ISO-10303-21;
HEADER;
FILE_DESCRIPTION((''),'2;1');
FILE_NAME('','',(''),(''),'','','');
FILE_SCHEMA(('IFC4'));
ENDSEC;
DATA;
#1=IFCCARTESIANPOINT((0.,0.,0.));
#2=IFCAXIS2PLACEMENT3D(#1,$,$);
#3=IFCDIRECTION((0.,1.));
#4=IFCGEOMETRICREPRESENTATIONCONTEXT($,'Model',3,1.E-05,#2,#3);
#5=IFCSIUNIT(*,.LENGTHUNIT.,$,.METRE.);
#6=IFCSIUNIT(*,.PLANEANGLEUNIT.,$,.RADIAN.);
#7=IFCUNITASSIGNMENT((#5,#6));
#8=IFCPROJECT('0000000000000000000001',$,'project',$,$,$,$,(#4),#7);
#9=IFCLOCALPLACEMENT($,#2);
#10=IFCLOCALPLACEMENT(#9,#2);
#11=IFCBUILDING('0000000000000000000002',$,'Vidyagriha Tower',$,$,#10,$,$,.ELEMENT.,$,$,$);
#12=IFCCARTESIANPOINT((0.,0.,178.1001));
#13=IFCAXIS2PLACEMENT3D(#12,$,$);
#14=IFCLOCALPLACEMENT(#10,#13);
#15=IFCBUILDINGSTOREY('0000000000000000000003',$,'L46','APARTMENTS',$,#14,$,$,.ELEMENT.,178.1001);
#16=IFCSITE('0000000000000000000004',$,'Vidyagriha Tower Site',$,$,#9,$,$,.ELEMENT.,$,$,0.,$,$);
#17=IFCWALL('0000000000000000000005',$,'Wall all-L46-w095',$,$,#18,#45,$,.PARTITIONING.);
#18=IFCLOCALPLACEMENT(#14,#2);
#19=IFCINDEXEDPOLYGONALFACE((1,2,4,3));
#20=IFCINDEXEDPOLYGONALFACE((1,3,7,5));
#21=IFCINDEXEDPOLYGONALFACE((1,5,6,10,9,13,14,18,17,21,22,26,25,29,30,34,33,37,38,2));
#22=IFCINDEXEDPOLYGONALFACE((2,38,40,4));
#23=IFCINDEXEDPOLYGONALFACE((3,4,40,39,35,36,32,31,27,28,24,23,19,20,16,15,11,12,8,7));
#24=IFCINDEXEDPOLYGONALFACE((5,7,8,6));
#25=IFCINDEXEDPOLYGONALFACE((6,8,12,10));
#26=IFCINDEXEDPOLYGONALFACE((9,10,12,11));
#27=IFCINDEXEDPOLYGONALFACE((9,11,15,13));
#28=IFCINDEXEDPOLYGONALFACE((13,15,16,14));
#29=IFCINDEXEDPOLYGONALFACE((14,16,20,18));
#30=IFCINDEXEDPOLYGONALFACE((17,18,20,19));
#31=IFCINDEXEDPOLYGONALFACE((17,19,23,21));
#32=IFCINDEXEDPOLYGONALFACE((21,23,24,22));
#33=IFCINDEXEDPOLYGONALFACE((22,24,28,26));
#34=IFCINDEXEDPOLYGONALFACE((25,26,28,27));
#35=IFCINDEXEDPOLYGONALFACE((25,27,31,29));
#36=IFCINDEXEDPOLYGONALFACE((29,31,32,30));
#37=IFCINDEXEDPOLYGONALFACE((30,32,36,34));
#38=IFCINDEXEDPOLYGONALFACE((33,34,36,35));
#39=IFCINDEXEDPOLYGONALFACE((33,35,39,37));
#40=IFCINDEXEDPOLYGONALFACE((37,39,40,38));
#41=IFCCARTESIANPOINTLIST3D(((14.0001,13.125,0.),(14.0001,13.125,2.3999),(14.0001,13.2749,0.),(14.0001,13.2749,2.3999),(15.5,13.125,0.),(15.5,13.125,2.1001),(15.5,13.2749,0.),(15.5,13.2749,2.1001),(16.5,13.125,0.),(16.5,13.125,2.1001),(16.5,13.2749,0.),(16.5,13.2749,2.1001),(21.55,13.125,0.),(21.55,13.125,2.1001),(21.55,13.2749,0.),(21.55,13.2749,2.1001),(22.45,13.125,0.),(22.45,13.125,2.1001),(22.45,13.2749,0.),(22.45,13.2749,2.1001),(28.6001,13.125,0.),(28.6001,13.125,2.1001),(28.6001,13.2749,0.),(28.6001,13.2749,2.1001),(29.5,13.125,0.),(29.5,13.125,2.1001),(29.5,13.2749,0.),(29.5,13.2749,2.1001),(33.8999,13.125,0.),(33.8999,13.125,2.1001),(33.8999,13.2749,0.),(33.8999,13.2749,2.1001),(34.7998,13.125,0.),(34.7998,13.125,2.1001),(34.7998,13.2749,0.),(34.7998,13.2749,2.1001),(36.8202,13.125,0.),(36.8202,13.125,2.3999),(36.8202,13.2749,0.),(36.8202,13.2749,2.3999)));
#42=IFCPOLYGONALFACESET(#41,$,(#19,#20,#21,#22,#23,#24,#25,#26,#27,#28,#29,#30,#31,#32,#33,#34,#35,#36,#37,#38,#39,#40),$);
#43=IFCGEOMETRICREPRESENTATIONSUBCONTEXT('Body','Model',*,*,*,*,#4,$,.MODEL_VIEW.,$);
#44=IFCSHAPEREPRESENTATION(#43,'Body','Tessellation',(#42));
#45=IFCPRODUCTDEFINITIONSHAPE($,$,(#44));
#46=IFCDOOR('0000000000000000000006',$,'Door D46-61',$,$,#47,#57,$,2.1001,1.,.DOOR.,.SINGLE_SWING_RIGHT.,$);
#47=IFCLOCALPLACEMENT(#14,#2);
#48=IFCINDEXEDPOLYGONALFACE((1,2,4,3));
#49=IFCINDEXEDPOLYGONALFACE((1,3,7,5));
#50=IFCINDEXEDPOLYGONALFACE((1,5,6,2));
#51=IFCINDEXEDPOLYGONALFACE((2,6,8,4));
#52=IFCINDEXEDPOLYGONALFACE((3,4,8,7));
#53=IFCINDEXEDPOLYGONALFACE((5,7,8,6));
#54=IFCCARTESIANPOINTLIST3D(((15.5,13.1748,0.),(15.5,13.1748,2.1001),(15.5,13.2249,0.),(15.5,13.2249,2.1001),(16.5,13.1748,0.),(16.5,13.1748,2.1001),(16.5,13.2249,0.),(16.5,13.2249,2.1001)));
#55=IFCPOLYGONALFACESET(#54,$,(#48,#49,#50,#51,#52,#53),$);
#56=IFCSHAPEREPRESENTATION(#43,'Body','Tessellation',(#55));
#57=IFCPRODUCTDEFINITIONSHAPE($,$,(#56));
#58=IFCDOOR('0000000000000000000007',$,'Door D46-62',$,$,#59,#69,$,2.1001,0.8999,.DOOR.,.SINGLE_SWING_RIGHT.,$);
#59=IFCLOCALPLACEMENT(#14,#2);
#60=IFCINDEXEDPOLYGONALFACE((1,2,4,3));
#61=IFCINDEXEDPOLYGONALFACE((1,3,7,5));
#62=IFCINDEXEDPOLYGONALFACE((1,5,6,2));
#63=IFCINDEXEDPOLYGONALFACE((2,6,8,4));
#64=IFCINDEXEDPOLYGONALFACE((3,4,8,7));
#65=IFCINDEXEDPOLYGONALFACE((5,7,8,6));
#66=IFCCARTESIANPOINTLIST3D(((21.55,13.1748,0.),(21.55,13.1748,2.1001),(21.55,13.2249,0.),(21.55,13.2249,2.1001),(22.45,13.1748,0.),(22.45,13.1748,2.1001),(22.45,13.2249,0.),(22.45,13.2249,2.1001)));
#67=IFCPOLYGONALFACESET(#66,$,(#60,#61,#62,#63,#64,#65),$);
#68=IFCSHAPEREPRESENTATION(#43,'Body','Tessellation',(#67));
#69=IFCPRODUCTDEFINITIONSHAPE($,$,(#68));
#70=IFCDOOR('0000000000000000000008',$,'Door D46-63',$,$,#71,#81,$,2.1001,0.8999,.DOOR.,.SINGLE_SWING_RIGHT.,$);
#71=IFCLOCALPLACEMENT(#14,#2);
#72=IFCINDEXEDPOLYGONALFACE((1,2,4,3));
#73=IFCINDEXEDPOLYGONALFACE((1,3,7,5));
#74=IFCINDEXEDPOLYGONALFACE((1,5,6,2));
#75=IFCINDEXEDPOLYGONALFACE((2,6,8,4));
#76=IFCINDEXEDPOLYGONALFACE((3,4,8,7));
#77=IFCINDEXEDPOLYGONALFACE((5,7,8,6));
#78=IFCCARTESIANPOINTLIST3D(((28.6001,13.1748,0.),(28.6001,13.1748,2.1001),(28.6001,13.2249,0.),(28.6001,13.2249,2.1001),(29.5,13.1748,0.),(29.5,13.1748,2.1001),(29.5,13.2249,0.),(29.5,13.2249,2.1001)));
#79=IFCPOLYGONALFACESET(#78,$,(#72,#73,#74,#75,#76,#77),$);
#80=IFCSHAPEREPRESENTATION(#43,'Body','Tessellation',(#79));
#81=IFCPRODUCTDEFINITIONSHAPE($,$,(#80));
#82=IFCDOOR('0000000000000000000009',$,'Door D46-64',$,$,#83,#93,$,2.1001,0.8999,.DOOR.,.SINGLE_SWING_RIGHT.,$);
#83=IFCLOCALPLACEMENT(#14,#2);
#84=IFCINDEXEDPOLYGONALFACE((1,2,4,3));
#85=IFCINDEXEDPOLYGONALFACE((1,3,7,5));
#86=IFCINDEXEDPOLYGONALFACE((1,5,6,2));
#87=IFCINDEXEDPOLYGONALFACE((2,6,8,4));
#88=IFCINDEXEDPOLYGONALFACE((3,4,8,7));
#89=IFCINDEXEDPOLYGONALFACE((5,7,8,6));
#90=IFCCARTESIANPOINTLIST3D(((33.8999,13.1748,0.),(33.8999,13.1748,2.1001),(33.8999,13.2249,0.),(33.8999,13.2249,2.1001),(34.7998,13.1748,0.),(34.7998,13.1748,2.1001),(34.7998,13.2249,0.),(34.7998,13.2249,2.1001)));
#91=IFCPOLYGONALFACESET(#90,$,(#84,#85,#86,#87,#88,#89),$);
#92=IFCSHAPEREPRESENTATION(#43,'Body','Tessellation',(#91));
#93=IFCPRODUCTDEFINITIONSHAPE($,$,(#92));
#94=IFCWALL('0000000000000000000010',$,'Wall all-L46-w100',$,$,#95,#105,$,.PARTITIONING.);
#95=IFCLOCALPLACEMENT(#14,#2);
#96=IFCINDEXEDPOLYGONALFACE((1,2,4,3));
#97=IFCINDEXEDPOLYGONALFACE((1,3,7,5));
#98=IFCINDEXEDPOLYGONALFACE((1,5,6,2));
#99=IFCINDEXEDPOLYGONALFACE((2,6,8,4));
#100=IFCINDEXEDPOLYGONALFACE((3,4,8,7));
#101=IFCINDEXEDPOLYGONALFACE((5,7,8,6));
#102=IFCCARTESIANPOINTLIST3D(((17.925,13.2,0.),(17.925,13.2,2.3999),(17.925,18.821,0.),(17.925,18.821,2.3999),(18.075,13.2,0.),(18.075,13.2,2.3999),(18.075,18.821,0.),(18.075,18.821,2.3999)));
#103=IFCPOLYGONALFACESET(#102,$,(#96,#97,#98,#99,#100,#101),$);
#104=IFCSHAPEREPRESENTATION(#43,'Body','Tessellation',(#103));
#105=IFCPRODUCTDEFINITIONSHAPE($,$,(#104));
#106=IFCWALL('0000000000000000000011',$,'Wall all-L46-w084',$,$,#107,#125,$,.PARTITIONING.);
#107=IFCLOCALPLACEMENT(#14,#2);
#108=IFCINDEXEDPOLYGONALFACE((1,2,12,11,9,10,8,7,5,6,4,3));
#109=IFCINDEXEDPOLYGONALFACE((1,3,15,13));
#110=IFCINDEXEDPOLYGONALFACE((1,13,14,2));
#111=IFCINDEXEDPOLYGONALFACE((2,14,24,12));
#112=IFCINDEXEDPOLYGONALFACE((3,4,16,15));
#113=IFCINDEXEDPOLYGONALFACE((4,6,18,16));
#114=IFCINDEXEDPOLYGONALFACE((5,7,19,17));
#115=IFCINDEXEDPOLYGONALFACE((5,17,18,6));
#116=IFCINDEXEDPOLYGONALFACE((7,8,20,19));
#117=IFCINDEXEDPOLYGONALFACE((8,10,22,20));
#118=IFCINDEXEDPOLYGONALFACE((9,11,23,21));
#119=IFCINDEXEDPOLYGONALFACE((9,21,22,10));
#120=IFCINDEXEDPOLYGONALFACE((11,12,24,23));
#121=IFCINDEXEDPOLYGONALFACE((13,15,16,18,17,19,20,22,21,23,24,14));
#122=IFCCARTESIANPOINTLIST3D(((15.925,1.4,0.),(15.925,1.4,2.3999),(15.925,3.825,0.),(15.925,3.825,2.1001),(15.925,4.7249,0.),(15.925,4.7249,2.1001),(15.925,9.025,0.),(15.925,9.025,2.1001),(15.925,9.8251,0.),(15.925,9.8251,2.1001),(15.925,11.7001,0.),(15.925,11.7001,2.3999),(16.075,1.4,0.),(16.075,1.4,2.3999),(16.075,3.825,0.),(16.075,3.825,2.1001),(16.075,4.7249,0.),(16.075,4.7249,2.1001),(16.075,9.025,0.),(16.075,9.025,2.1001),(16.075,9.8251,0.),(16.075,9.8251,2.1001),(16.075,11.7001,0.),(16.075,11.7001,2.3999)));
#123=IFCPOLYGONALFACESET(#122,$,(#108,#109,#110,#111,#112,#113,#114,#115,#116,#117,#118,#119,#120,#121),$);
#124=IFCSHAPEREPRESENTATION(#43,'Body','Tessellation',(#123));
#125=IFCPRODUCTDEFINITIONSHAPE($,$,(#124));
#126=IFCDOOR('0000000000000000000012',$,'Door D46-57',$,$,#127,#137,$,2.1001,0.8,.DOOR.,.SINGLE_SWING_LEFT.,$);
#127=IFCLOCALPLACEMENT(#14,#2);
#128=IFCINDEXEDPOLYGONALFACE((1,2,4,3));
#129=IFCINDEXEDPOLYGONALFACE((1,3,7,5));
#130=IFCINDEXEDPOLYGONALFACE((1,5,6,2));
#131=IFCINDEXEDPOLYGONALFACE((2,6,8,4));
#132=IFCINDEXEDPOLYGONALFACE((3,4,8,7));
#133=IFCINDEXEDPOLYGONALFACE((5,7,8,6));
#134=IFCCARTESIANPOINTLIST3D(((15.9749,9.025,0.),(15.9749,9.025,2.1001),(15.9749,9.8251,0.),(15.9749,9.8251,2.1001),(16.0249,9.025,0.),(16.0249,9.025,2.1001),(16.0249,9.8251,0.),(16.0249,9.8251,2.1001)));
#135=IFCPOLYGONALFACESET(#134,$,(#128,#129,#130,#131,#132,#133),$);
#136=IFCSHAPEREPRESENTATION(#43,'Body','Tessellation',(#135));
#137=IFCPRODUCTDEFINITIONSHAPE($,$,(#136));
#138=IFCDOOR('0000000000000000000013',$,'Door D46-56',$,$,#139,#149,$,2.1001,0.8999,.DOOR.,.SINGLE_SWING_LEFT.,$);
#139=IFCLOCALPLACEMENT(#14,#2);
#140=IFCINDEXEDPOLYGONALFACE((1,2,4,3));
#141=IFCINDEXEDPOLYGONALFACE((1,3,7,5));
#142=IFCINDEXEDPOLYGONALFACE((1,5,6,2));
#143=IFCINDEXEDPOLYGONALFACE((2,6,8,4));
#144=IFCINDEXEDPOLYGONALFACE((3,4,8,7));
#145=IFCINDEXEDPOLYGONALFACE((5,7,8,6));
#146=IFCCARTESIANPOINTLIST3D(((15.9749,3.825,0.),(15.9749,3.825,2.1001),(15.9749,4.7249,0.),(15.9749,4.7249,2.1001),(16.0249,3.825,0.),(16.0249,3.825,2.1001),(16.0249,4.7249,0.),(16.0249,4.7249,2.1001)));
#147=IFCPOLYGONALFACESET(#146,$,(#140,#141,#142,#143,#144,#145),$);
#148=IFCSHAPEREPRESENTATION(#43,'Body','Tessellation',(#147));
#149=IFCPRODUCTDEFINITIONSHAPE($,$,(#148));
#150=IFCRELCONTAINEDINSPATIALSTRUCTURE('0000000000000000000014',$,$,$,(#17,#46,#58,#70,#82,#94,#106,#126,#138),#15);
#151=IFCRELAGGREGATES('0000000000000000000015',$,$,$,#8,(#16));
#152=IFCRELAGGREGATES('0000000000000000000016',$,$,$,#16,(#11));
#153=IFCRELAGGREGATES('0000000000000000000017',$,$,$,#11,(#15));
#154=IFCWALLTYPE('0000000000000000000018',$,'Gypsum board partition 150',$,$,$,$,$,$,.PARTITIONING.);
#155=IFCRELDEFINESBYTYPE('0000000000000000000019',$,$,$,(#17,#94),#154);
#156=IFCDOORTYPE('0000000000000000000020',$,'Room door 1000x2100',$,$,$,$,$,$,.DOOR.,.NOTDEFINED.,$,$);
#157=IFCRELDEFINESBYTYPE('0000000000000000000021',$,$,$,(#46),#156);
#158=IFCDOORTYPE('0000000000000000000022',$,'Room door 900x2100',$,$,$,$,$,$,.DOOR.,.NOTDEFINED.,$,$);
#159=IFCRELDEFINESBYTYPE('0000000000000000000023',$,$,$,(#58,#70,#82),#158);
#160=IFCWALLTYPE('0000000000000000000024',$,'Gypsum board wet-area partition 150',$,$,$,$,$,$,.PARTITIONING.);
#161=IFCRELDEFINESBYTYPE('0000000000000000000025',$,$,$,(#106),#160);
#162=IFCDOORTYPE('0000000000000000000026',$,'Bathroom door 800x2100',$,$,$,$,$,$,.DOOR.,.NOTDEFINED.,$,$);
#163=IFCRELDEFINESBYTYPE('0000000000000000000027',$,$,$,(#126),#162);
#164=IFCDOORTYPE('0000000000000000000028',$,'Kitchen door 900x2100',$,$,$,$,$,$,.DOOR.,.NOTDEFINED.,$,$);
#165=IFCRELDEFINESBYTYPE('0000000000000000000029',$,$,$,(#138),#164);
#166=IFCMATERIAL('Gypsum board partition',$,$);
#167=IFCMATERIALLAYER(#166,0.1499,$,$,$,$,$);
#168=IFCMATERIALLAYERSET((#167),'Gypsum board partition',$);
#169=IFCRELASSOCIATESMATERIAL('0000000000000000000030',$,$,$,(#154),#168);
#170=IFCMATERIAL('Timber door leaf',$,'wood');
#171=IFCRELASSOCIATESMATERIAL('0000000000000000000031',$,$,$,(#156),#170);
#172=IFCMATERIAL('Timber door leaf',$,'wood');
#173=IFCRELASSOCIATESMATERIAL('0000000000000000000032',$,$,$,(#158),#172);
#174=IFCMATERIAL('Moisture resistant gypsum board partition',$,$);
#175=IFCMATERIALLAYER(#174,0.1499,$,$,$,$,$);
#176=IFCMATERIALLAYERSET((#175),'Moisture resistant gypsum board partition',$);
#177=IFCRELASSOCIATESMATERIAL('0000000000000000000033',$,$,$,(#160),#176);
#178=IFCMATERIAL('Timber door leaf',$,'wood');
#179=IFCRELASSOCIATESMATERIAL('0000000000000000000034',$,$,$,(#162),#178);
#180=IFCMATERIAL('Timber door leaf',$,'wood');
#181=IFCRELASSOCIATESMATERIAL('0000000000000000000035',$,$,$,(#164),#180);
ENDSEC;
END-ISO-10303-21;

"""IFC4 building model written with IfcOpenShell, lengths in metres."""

from ifc_helpers import new_model, si_unit, direction, frame, frame_2d, origin, place, context, subcontext, project, spatial, rectangle, extrude, material, layer, layer_set, type_object, element, fill, save


model = new_model("IFC4")

# Units and contexts
model_context = context("Model", 3, precision=1e-05, world=origin(), true_north=direction((0.0, 1.0)))
body_context = subcontext(model_context, "Body", "Model", "MODEL_VIEW")
ifc_project = project(units=[si_unit("LENGTHUNIT", "METRE"), si_unit("PLANEANGLEUNIT", "RADIAN")], contexts=[model_context])

# Site, building, storey
site_placement = place(None, origin())
site = spatial("IfcSite", under=ifc_project, at=site_placement, Name="Vidyagriha Tower Site", CompositionType="ELEMENT", RefElevation=0.0)
building_placement = place(site_placement, origin())
building = spatial("IfcBuilding", under=site, at=building_placement, Name="Vidyagriha Tower", CompositionType="ELEMENT")
storey_placement = place(building_placement, frame((0.0, 0.0, 178.1001)))
storey = spatial("IfcBuildingStorey", under=building, at=storey_placement, Name="L46", Description="APARTMENTS", CompositionType="ELEMENT", Elevation=178.1001)

# Shared definitions
ifc_material_1 = material(Name="Gypsum board partition")
ifc_layer_1 = layer(ifc_material_1, 0.1499)
ifc_layer_set_1 = layer_set([ifc_layer_1], Name="Gypsum board partition")
wall_type_1 = type_object("IfcWallType", Name="Gypsum board partition 150", PredefinedType="PARTITIONING", material=ifc_layer_set_1)

# Wall, openings, doors
wall_1_placement = place(storey_placement, frame((14.0, 13.2, 0.0)))
wall_1 = element("IfcWall", 1, at=wall_1_placement, inside=storey, type_object=wall_type_1, Name="Wall all-L46-w095", PredefinedType="PARTITIONING", context=body_context, shape_type="SweptSolid", body=[
    extrude(rectangle(XDim=22.8201, YDim=0.1499, at=frame_2d((11.4102, 0.0))), origin(), (0.0, 0.0, 1.0), 2.3999),
])
opening_1_placement = place(wall_1_placement, frame((1.5, 0.0, 0.0)))
opening_1 = element("IfcOpeningElement", 2, at=opening_1_placement, cuts=wall_1, PredefinedType="OPENING", context=body_context, shape_type="SweptSolid", body=[
    extrude(rectangle(XDim=1.0, YDim=2.1001, at=frame_2d((0.5, 1.05))), frame((0.0, 0.085, 0.0), z_axis=(0.0, -1.0, 0.0), x_axis=(1.0, 0.0, 0.0)), (0.0, 0.0, 1.0), 0.1699),
])
opening_2_placement = place(wall_1_placement, frame((7.55, 0.0, 0.0)))
opening_2 = element("IfcOpeningElement", 3, at=opening_2_placement, cuts=wall_1, PredefinedType="OPENING", context=body_context, shape_type="SweptSolid", body=[
    extrude(rectangle(XDim=0.8999, YDim=2.1001, at=frame_2d((0.45, 1.05))), frame((0.0, 0.085, 0.0), z_axis=(0.0, -1.0, 0.0), x_axis=(1.0, 0.0, 0.0)), (0.0, 0.0, 1.0), 0.1699),
])
opening_3_placement = place(wall_1_placement, frame((14.6001, 0.0, 0.0)))
opening_3 = element("IfcOpeningElement", 4, at=opening_3_placement, cuts=wall_1, PredefinedType="OPENING", context=body_context, shape_type="SweptSolid", body=[
    extrude(rectangle(XDim=0.8999, YDim=2.1001, at=frame_2d((0.45, 1.05))), frame((0.0, 0.085, 0.0), z_axis=(0.0, -1.0, 0.0), x_axis=(1.0, 0.0, 0.0)), (0.0, 0.0, 1.0), 0.1699),
])
opening_4_placement = place(wall_1_placement, frame((19.8999, 0.0, 0.0)))
opening_4 = element("IfcOpeningElement", 5, at=opening_4_placement, cuts=wall_1, PredefinedType="OPENING", context=body_context, shape_type="SweptSolid", body=[
    extrude(rectangle(XDim=0.8999, YDim=2.1001, at=frame_2d((0.45, 1.05))), frame((0.0, 0.085, 0.0), z_axis=(0.0, -1.0, 0.0), x_axis=(1.0, 0.0, 0.0)), (0.0, 0.0, 1.0), 0.1699),
])
ifc_material_2 = material(Name="Timber door leaf", Category="wood")
door_type_1 = type_object("IfcDoorType", Name="Room door 1000x2100", OperationType="NOTDEFINED", PredefinedType="DOOR", material=ifc_material_2)
door_1_placement = place(opening_1_placement, origin())
door_1 = element("IfcDoor", 6, at=door_1_placement, inside=storey, type_object=door_type_1, Name="Door D46-61", OperationType="SINGLE_SWING_RIGHT", OverallHeight=2.1001, OverallWidth=1.0, PredefinedType="DOOR", context=body_context, shape_type="SweptSolid", body=[
    extrude(rectangle(XDim=1.0, YDim=2.1001, at=frame_2d((0.5, 1.05))), frame((0.0, 0.0249, 0.0), z_axis=(0.0, -1.0, 0.0), x_axis=(1.0, 0.0, 0.0)), (0.0, 0.0, 1.0), 0.05),
])
fill(opening_1, door_1)
ifc_material_3 = material(Name="Timber door leaf", Category="wood")
door_type_2 = type_object("IfcDoorType", Name="Room door 900x2100", OperationType="NOTDEFINED", PredefinedType="DOOR", material=ifc_material_3)
door_2_placement = place(opening_2_placement, origin())
door_2 = element("IfcDoor", 7, at=door_2_placement, inside=storey, type_object=door_type_2, Name="Door D46-62", OperationType="SINGLE_SWING_RIGHT", OverallHeight=2.1001, OverallWidth=0.8999, PredefinedType="DOOR", context=body_context, shape_type="SweptSolid", body=[
    extrude(rectangle(XDim=0.8999, YDim=2.1001, at=frame_2d((0.45, 1.05))), frame((0.0, 0.0249, 0.0), z_axis=(0.0, -1.0, 0.0), x_axis=(1.0, 0.0, 0.0)), (0.0, 0.0, 1.0), 0.05),
])
fill(opening_2, door_2)
door_3_placement = place(opening_3_placement, origin())
door_3 = element("IfcDoor", 8, at=door_3_placement, inside=storey, type_object=door_type_2, Name="Door D46-63", OperationType="SINGLE_SWING_RIGHT", OverallHeight=2.1001, OverallWidth=0.8999, PredefinedType="DOOR", context=body_context, shape_type="SweptSolid", body=[
    extrude(rectangle(XDim=0.8999, YDim=2.1001, at=frame_2d((0.45, 1.05))), frame((0.0, 0.0249, 0.0), z_axis=(0.0, -1.0, 0.0), x_axis=(1.0, 0.0, 0.0)), (0.0, 0.0, 1.0), 0.05),
])
fill(opening_3, door_3)
door_4_placement = place(opening_4_placement, origin())
door_4 = element("IfcDoor", 9, at=door_4_placement, inside=storey, type_object=door_type_2, Name="Door D46-64", OperationType="SINGLE_SWING_RIGHT", OverallHeight=2.1001, OverallWidth=0.8999, PredefinedType="DOOR", context=body_context, shape_type="SweptSolid", body=[
    extrude(rectangle(XDim=0.8999, YDim=2.1001, at=frame_2d((0.45, 1.05))), frame((0.0, 0.0249, 0.0), z_axis=(0.0, -1.0, 0.0), x_axis=(1.0, 0.0, 0.0)), (0.0, 0.0, 1.0), 0.05),
])
fill(opening_4, door_4)

# Wall
wall_2_placement = place(storey_placement, frame((18.0, 18.821, 0.0), z_axis=(0.0, 0.0, 1.0), x_axis=(0.0, -1.0, 0.0)))
element("IfcWall", 10, at=wall_2_placement, inside=storey, type_object=wall_type_1, Name="Wall all-L46-w100", PredefinedType="PARTITIONING", context=body_context, shape_type="SweptSolid", body=[
    extrude(rectangle(XDim=5.6211, YDim=0.1499, at=frame_2d((2.8105, 0.0))), origin(), (0.0, 0.0, 1.0), 2.3999),
])

# Wall, openings, doors
ifc_material_4 = material(Name="Moisture resistant gypsum board partition")
ifc_layer_2 = layer(ifc_material_4, 0.1499)
ifc_layer_set_2 = layer_set([ifc_layer_2], Name="Moisture resistant gypsum board partition")
wall_type_2 = type_object("IfcWallType", Name="Gypsum board wet-area partition 150", PredefinedType="PARTITIONING", material=ifc_layer_set_2)
wall_3_placement = place(storey_placement, frame((16.0, 11.7, 0.0), z_axis=(0.0, 0.0, 1.0), x_axis=(0.0, -1.0, 0.0)))
wall_3 = element("IfcWall", 11, at=wall_3_placement, inside=storey, type_object=wall_type_2, Name="Wall all-L46-w084", PredefinedType="PARTITIONING", context=body_context, shape_type="SweptSolid", body=[
    extrude(rectangle(XDim=10.3, YDim=0.1499, at=frame_2d((5.1499, 0.0))), origin(), (0.0, 0.0, 1.0), 2.3999),
])
opening_5_placement = place(wall_3_placement, frame((6.9751, 0.0, 0.0)))
opening_5 = element("IfcOpeningElement", 12, at=opening_5_placement, cuts=wall_3, PredefinedType="OPENING", context=body_context, shape_type="SweptSolid", body=[
    extrude(rectangle(XDim=0.8999, YDim=2.1001, at=frame_2d((0.45, 1.05))), frame((0.0, 0.085, 0.0), z_axis=(0.0, -1.0, 0.0), x_axis=(1.0, 0.0, 0.0)), (0.0, 0.0, 1.0), 0.1699),
])
opening_6_placement = place(wall_3_placement, frame((1.875, 0.0, 0.0)))
opening_6 = element("IfcOpeningElement", 13, at=opening_6_placement, cuts=wall_3, PredefinedType="OPENING", context=body_context, shape_type="SweptSolid", body=[
    extrude(rectangle(XDim=0.8, YDim=2.1001, at=frame_2d((0.3999, 1.05))), frame((0.0, 0.085, 0.0), z_axis=(0.0, -1.0, 0.0), x_axis=(1.0, 0.0, 0.0)), (0.0, 0.0, 1.0), 0.1699),
])
ifc_material_5 = material(Name="Timber door leaf", Category="wood")
door_type_3 = type_object("IfcDoorType", Name="Bathroom door 800x2100", OperationType="NOTDEFINED", PredefinedType="DOOR", material=ifc_material_5)
door_5_placement = place(opening_6_placement, origin())
door_5 = element("IfcDoor", 14, at=door_5_placement, inside=storey, type_object=door_type_3, Name="Door D46-57", OperationType="SINGLE_SWING_LEFT", OverallHeight=2.1001, OverallWidth=0.8, PredefinedType="DOOR", context=body_context, shape_type="SweptSolid", body=[
    extrude(rectangle(XDim=0.8, YDim=2.1001, at=frame_2d((0.3999, 1.05))), frame((0.0, 0.0249, 0.0), z_axis=(0.0, -1.0, 0.0), x_axis=(1.0, 0.0, 0.0)), (0.0, 0.0, 1.0), 0.05),
])
fill(opening_6, door_5)
ifc_material_6 = material(Name="Timber door leaf", Category="wood")
door_type_4 = type_object("IfcDoorType", Name="Kitchen door 900x2100", OperationType="NOTDEFINED", PredefinedType="DOOR", material=ifc_material_6)
door_6_placement = place(opening_5_placement, origin())
door_6 = element("IfcDoor", 15, at=door_6_placement, inside=storey, type_object=door_type_4, Name="Door D46-56", OperationType="SINGLE_SWING_LEFT", OverallHeight=2.1001, OverallWidth=0.8999, PredefinedType="DOOR", context=body_context, shape_type="SweptSolid", body=[
    extrude(rectangle(XDim=0.8999, YDim=2.1001, at=frame_2d((0.45, 1.05))), frame((0.0, 0.0249, 0.0), z_axis=(0.0, -1.0, 0.0), x_axis=(1.0, 0.0, 0.0)), (0.0, 0.0, 1.0), 0.05),
])
fill(opening_5, door_6)

save(model, "model.ifc")
